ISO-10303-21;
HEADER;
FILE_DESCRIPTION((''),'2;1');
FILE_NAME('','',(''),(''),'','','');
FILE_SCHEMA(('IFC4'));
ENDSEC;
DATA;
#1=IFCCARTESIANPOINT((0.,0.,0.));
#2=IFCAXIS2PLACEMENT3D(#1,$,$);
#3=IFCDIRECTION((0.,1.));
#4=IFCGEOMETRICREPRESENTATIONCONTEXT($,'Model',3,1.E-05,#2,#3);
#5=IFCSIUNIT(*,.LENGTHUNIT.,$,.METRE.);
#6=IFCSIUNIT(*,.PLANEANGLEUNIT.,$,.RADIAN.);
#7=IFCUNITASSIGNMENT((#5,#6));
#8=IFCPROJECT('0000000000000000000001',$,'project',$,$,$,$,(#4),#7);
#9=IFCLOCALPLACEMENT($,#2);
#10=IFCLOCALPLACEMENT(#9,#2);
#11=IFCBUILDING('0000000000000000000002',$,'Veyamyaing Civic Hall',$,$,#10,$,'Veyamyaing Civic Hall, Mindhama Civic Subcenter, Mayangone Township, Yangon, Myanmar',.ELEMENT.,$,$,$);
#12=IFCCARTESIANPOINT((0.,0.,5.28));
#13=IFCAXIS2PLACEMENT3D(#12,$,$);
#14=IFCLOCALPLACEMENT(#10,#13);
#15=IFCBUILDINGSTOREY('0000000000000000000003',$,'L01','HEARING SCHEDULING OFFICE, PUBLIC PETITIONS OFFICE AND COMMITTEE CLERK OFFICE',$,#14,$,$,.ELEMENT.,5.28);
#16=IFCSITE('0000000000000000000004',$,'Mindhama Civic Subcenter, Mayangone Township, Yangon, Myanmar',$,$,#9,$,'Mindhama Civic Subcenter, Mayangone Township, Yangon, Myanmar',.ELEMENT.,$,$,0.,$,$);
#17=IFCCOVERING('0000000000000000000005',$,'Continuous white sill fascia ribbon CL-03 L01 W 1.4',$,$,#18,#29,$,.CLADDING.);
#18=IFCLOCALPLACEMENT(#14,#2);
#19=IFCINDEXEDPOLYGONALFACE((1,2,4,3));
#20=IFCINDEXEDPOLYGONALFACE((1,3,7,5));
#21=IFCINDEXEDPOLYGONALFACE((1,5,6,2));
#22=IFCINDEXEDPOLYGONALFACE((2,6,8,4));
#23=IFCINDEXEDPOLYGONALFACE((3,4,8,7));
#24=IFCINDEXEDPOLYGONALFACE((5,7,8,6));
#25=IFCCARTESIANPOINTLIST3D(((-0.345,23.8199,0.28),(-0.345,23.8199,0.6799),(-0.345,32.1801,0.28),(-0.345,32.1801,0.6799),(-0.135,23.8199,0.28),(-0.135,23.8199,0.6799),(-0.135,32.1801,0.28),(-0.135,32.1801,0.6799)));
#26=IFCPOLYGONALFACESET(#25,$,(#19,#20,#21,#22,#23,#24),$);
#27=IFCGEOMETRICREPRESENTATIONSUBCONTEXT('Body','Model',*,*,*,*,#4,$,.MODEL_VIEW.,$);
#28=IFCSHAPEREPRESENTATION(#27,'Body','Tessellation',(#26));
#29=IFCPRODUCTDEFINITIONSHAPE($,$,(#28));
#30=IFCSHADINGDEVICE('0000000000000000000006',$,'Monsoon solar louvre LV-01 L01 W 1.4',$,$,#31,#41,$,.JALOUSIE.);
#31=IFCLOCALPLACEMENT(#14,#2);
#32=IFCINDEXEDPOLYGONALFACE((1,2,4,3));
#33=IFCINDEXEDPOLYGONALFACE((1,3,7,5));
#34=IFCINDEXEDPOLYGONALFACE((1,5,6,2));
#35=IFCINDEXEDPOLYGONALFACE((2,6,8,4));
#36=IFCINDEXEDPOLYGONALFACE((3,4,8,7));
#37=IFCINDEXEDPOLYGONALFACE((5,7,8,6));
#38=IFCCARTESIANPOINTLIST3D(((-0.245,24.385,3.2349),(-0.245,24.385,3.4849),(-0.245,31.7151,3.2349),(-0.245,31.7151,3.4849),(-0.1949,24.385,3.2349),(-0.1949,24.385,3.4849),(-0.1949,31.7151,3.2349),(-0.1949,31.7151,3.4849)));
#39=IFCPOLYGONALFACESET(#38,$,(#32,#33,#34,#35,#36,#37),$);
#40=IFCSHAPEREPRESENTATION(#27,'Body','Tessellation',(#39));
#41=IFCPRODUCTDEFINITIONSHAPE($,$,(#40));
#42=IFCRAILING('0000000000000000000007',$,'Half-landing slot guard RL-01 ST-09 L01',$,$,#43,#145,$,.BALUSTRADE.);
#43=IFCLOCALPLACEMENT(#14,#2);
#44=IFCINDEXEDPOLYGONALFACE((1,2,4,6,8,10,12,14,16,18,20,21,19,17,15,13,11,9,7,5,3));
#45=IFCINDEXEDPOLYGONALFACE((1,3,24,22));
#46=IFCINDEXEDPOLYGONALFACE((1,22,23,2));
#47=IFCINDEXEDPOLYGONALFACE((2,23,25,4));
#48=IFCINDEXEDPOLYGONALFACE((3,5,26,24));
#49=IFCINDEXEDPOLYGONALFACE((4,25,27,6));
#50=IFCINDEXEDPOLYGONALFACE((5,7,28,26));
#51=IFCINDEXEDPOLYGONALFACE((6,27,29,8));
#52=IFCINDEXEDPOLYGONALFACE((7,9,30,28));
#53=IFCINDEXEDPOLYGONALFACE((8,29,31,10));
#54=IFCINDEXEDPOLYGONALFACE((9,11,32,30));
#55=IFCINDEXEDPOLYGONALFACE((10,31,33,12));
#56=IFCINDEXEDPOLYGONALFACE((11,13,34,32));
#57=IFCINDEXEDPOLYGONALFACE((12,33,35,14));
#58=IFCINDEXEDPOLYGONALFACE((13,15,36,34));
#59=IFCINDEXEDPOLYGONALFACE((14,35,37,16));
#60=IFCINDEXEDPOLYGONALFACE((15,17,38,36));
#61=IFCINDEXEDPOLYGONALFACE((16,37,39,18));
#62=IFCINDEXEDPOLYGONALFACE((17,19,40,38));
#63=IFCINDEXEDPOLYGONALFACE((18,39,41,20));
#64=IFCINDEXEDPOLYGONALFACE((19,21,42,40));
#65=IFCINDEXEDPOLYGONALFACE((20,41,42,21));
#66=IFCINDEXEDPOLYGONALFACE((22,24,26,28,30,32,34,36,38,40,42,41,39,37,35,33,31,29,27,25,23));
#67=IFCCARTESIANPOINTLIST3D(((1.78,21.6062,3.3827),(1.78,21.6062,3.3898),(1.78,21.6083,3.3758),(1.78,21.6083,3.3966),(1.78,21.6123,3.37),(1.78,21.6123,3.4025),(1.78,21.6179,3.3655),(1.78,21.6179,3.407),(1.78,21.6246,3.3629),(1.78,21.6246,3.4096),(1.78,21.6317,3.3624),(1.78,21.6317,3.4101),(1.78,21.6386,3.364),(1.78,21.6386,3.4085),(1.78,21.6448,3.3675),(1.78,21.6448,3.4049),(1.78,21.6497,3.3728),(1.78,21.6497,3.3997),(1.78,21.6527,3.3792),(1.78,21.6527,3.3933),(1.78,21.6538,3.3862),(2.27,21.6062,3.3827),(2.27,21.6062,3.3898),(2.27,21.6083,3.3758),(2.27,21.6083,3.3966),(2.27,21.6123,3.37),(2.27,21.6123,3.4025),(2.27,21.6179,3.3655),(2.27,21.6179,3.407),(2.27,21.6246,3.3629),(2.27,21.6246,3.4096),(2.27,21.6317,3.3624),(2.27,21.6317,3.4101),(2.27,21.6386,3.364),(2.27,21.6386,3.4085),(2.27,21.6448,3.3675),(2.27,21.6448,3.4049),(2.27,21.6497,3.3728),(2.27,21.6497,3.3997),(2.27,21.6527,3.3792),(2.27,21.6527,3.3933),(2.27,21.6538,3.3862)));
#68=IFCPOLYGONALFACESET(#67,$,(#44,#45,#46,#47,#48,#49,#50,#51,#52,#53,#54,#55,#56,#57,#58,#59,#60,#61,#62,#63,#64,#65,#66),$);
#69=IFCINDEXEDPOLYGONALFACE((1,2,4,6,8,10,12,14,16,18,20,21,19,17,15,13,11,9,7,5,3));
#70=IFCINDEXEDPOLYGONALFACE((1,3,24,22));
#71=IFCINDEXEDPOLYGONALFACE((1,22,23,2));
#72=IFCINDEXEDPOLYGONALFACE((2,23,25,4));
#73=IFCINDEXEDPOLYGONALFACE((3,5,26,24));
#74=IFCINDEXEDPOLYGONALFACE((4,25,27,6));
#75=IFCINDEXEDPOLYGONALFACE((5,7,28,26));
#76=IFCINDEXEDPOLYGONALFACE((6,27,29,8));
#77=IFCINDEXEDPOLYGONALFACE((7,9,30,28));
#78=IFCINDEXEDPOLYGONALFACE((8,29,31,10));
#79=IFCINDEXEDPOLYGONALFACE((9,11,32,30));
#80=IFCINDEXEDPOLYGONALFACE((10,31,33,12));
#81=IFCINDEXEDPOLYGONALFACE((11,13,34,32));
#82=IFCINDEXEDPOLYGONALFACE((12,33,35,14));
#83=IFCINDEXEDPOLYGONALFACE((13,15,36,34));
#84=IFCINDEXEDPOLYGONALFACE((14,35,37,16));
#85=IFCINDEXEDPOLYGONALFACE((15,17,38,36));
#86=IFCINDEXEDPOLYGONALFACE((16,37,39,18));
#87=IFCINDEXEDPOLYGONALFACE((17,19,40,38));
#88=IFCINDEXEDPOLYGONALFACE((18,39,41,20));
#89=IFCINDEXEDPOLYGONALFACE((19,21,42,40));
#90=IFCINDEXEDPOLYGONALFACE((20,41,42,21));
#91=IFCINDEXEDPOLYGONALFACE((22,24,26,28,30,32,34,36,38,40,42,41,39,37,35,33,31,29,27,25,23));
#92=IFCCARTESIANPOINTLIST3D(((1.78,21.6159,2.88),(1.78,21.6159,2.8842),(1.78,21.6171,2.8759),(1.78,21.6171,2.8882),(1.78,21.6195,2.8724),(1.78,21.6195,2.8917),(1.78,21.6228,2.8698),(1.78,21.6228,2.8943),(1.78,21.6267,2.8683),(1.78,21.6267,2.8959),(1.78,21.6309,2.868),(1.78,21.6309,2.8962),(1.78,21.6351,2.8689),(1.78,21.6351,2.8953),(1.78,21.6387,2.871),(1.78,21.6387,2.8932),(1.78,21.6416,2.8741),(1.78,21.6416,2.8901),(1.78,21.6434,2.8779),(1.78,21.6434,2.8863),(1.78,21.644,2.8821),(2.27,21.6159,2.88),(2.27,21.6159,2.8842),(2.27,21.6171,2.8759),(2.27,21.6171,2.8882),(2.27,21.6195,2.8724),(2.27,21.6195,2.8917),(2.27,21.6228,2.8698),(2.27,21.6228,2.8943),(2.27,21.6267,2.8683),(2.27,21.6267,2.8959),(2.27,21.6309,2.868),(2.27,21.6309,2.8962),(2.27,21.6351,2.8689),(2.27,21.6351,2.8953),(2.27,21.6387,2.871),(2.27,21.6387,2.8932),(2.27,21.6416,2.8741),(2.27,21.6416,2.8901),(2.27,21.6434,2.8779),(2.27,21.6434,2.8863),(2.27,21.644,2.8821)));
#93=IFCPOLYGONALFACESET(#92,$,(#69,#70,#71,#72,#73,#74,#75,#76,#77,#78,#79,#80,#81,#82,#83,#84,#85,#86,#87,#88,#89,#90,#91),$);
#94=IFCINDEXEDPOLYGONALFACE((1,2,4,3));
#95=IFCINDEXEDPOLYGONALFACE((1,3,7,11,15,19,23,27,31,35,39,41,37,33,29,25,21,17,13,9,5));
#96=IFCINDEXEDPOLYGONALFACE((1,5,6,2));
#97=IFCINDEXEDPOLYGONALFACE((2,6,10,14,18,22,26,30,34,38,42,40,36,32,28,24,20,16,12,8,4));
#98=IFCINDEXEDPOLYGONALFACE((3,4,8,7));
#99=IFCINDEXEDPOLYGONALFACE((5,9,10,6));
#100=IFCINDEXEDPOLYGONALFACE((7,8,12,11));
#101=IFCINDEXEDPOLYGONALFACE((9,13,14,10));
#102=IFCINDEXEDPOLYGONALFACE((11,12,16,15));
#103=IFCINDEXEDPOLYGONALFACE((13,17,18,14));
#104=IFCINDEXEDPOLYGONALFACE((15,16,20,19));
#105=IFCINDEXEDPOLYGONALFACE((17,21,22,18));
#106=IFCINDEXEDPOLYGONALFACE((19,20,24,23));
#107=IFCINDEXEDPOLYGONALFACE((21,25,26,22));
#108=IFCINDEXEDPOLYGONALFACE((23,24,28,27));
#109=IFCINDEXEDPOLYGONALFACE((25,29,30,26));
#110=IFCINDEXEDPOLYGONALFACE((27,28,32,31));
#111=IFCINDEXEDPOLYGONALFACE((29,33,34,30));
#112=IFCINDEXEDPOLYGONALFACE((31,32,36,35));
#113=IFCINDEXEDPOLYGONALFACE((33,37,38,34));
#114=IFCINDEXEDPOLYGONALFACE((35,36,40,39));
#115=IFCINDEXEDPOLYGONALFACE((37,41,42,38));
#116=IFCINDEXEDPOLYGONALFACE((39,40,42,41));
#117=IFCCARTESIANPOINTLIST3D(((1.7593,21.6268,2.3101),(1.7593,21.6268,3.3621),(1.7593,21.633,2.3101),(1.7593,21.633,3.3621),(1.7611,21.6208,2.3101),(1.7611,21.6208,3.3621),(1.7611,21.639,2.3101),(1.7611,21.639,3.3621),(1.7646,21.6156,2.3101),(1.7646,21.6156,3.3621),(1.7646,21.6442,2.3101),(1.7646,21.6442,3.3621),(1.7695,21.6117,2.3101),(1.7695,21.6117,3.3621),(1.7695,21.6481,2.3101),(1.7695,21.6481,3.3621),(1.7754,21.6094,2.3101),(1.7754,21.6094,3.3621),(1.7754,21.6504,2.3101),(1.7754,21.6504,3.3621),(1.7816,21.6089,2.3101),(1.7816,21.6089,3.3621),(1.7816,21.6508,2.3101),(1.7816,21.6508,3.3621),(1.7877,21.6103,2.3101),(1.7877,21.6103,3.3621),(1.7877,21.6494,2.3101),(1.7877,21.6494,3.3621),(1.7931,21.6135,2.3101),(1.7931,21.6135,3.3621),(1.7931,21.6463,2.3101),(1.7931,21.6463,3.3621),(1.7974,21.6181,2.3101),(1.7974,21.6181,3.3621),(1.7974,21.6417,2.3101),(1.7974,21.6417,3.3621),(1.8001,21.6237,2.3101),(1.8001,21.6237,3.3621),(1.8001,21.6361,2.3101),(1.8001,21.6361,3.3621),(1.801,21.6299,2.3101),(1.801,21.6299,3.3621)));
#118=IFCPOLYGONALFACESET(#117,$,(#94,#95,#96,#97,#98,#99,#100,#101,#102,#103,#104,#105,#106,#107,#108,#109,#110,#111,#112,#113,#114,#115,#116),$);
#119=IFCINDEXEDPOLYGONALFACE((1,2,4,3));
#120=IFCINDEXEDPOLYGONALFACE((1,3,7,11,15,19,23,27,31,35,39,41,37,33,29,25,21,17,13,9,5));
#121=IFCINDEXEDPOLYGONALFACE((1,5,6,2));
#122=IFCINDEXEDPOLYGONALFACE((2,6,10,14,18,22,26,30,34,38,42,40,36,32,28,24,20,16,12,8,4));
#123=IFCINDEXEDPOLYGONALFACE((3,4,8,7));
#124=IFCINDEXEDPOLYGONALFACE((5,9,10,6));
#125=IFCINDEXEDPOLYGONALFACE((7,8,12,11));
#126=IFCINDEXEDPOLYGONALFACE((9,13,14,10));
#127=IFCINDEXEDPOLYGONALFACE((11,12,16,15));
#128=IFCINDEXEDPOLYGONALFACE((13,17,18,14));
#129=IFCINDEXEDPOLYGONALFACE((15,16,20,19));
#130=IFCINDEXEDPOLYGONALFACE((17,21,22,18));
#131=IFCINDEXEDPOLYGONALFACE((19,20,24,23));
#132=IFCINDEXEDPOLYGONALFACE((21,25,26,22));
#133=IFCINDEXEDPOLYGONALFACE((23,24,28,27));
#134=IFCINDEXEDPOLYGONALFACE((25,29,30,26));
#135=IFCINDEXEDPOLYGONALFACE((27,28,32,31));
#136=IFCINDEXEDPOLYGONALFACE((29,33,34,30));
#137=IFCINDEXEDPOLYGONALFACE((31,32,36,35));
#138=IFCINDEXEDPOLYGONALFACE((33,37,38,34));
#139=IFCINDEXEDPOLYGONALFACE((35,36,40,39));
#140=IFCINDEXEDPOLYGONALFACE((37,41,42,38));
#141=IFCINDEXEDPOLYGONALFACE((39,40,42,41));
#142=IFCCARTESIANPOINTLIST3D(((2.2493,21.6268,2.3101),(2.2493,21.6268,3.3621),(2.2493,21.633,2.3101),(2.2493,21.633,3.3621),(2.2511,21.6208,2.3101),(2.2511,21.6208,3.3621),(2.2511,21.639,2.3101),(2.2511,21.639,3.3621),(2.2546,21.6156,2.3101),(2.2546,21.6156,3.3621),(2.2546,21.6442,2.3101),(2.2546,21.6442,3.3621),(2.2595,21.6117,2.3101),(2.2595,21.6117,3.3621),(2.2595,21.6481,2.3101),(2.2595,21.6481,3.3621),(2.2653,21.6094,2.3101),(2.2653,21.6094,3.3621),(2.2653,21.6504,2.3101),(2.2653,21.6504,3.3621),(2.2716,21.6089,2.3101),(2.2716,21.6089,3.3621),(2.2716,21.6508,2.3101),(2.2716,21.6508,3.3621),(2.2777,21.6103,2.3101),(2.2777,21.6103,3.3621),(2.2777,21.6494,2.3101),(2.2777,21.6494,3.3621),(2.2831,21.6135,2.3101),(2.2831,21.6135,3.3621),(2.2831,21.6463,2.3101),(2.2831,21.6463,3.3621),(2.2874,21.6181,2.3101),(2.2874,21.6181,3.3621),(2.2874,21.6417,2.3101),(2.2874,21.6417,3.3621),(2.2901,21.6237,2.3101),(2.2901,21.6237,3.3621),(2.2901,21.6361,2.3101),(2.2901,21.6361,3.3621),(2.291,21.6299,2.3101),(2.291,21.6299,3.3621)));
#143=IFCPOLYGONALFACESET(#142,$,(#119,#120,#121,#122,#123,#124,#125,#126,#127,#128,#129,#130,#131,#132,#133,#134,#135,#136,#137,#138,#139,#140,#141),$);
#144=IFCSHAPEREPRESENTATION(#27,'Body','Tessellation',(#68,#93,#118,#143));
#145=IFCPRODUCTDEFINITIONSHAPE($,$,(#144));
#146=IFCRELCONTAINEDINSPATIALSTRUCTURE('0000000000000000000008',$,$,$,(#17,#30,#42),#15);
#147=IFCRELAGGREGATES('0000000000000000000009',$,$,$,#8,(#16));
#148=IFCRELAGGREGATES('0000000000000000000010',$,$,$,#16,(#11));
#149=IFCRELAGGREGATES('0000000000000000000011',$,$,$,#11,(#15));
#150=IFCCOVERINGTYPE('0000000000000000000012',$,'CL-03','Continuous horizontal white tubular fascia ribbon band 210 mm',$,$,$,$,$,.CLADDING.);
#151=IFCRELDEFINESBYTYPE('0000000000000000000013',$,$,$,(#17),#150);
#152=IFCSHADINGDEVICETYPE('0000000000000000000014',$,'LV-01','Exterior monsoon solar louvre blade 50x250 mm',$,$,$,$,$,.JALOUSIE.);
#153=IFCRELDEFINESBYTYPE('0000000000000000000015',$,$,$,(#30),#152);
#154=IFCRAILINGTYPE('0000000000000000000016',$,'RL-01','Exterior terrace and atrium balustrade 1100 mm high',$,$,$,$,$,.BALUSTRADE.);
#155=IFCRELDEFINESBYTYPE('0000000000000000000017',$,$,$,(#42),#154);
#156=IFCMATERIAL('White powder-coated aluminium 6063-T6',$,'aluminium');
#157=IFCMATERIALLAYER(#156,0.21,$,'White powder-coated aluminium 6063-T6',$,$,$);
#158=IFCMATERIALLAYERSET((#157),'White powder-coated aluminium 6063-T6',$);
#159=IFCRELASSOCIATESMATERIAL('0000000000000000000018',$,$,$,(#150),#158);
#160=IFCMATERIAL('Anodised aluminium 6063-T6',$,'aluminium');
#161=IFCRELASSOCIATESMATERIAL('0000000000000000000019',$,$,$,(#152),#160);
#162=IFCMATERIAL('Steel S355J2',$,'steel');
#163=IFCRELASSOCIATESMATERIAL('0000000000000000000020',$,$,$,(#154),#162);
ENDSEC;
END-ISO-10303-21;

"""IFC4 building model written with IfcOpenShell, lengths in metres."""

from ifc_helpers import new_model, si_unit, direction, frame, origin, origin_2d, place, context, subcontext, project, spatial, rectangle, circle, extrude, material, layer, layer_set, material_profile, profile_set, type_object, element, save


model = new_model("IFC4")

# Units and contexts
model_context = context("Model", 3, precision=1e-05, world=origin(), true_north=direction((0.0, 1.0)))
body_context = subcontext(model_context, "Body", "Model", "MODEL_VIEW")
ifc_project = project(units=[si_unit("LENGTHUNIT", "METRE"), si_unit("PLANEANGLEUNIT", "RADIAN")], contexts=[model_context])

# Site, building, storey
site_placement = place(None, origin())
site = spatial("IfcSite", under=ifc_project, at=site_placement, Name="Mindhama Civic Subcenter, Mayangone Township, Yangon, Myanmar", LongName="Mindhama Civic Subcenter, Mayangone Township, Yangon, Myanmar", CompositionType="ELEMENT", RefElevation=0.0)
building_placement = place(site_placement, origin())
building = spatial("IfcBuilding", under=site, at=building_placement, Name="Veyamyaing Civic Hall", LongName="Veyamyaing Civic Hall, Mindhama Civic Subcenter, Mayangone Township, Yangon, Myanmar", CompositionType="ELEMENT")
storey_placement = place(building_placement, frame((0.0, 0.0, 5.28)))
storey = spatial("IfcBuildingStorey", under=building, at=storey_placement, Name="L01", Description="HEARING SCHEDULING OFFICE, PUBLIC PETITIONS OFFICE AND COMMITTEE CLERK OFFICE", CompositionType="ELEMENT", Elevation=5.28)

# Shared definitions
ifc_material_1 = material(Name="Anodised aluminium 6063-T6", Category="aluminium")

# Covering
ifc_material_2 = material(Name="White powder-coated aluminium 6063-T6", Category="aluminium")
ifc_layer_1 = layer(ifc_material_2, 0.21, Name="White powder-coated aluminium 6063-T6")
ifc_layer_set_1 = layer_set([ifc_layer_1], Name="White powder-coated aluminium 6063-T6")
covering_type = type_object("IfcCoveringType", Name="CL-03", Description="Continuous horizontal white tubular fascia ribbon band 210 mm", PredefinedType="CLADDING", material=ifc_layer_set_1)
for number, where, z_axis, x_axis, name in (
    (1, (-0.24, 28.0, 0.28), (0.0, 0.0, 1.0), (0.0, 1.0, 0.0), "Continuous white sill fascia ribbon CL-03 L01 W 1.4"),
):
    element("IfcCovering", number, at=place(storey_placement, frame(where, z_axis=z_axis, x_axis=x_axis)), inside=storey, type_object=covering_type, Name=name, PredefinedType="CLADDING", context=body_context, shape_type="SweptSolid", body=[
        extrude(rectangle(XDim=8.3601, YDim=0.21, at=origin_2d()), origin(), (0.0, 0.0, 1.0), 0.3999),
    ])

# Shading device
ifc_material_profile_1 = material_profile(ifc_material_1, rectangle(XDim=0.05, YDim=0.25, at=origin_2d()), Name="LOUVRE-BLADE-50X250")
ifc_profile_set_1 = profile_set([ifc_material_profile_1], Name="Anodised aluminium 6063-T6")
shading_device_type_1 = type_object("IfcShadingDeviceType", Name="LV-01", Description="Exterior monsoon solar louvre blade 50x250 mm", PredefinedType="JALOUSIE", material=ifc_profile_set_1)
shading_device_1_placement = place(storey_placement, frame((-0.22, 24.385, 3.3599), z_axis=(0.0, 1.0, 0.0), x_axis=(-1.0, 0.0, 0.0)))
element("IfcShadingDevice", 2, at=shading_device_1_placement, inside=storey, type_object=shading_device_type_1, Name="Monsoon solar louvre LV-01 L01 W 1.4", PredefinedType="JALOUSIE", context=body_context, shape_type="SweptSolid", body=[
    extrude(rectangle(XDim=0.05, YDim=0.25, at=origin_2d()), origin(), (0.0, 0.0, 1.0), 7.3301),
])

# Railing
ifc_material_3 = material(Name="Steel S355J2", Category="steel")
railing_type_1 = type_object("IfcRailingType", Name="RL-01", Description="Exterior terrace and atrium balustrade 1100 mm high", PredefinedType="BALUSTRADE", material=ifc_material_3)
railing_1_placement = place(storey_placement, frame((1.78, 21.6299, 2.3101)))
element("IfcRailing", 3, at=railing_1_placement, inside=storey, type_object=railing_type_1, Name="Half-landing slot guard RL-01 ST-09 L01", PredefinedType="BALUSTRADE", context=body_context, shape_type="SweptSolid", body=[
    extrude(circle(Radius=0.0239, at=origin_2d()), frame((0.0, 0.0, 1.0762), z_axis=(1.0, 0.0, 0.0), x_axis=(0.0, 1.0, 0.0)), (0.0, 0.0, 1.0), 0.49),
    extrude(circle(Radius=0.0142, at=origin_2d()), frame((0.0, 0.0, 0.572), z_axis=(1.0, 0.0, 0.0), x_axis=(0.0, 1.0, 0.0)), (0.0, 0.0, 1.0), 0.49),
    extrude(circle(Radius=0.021, at=origin_2d()), origin(), (0.0, 0.0, 1.0), 1.052),
    extrude(circle(Radius=0.021, at=origin_2d()), frame((0.49, 0.0, 0.0)), (0.0, 0.0, 1.0), 1.052),
])

save(model, "model.ifc")
